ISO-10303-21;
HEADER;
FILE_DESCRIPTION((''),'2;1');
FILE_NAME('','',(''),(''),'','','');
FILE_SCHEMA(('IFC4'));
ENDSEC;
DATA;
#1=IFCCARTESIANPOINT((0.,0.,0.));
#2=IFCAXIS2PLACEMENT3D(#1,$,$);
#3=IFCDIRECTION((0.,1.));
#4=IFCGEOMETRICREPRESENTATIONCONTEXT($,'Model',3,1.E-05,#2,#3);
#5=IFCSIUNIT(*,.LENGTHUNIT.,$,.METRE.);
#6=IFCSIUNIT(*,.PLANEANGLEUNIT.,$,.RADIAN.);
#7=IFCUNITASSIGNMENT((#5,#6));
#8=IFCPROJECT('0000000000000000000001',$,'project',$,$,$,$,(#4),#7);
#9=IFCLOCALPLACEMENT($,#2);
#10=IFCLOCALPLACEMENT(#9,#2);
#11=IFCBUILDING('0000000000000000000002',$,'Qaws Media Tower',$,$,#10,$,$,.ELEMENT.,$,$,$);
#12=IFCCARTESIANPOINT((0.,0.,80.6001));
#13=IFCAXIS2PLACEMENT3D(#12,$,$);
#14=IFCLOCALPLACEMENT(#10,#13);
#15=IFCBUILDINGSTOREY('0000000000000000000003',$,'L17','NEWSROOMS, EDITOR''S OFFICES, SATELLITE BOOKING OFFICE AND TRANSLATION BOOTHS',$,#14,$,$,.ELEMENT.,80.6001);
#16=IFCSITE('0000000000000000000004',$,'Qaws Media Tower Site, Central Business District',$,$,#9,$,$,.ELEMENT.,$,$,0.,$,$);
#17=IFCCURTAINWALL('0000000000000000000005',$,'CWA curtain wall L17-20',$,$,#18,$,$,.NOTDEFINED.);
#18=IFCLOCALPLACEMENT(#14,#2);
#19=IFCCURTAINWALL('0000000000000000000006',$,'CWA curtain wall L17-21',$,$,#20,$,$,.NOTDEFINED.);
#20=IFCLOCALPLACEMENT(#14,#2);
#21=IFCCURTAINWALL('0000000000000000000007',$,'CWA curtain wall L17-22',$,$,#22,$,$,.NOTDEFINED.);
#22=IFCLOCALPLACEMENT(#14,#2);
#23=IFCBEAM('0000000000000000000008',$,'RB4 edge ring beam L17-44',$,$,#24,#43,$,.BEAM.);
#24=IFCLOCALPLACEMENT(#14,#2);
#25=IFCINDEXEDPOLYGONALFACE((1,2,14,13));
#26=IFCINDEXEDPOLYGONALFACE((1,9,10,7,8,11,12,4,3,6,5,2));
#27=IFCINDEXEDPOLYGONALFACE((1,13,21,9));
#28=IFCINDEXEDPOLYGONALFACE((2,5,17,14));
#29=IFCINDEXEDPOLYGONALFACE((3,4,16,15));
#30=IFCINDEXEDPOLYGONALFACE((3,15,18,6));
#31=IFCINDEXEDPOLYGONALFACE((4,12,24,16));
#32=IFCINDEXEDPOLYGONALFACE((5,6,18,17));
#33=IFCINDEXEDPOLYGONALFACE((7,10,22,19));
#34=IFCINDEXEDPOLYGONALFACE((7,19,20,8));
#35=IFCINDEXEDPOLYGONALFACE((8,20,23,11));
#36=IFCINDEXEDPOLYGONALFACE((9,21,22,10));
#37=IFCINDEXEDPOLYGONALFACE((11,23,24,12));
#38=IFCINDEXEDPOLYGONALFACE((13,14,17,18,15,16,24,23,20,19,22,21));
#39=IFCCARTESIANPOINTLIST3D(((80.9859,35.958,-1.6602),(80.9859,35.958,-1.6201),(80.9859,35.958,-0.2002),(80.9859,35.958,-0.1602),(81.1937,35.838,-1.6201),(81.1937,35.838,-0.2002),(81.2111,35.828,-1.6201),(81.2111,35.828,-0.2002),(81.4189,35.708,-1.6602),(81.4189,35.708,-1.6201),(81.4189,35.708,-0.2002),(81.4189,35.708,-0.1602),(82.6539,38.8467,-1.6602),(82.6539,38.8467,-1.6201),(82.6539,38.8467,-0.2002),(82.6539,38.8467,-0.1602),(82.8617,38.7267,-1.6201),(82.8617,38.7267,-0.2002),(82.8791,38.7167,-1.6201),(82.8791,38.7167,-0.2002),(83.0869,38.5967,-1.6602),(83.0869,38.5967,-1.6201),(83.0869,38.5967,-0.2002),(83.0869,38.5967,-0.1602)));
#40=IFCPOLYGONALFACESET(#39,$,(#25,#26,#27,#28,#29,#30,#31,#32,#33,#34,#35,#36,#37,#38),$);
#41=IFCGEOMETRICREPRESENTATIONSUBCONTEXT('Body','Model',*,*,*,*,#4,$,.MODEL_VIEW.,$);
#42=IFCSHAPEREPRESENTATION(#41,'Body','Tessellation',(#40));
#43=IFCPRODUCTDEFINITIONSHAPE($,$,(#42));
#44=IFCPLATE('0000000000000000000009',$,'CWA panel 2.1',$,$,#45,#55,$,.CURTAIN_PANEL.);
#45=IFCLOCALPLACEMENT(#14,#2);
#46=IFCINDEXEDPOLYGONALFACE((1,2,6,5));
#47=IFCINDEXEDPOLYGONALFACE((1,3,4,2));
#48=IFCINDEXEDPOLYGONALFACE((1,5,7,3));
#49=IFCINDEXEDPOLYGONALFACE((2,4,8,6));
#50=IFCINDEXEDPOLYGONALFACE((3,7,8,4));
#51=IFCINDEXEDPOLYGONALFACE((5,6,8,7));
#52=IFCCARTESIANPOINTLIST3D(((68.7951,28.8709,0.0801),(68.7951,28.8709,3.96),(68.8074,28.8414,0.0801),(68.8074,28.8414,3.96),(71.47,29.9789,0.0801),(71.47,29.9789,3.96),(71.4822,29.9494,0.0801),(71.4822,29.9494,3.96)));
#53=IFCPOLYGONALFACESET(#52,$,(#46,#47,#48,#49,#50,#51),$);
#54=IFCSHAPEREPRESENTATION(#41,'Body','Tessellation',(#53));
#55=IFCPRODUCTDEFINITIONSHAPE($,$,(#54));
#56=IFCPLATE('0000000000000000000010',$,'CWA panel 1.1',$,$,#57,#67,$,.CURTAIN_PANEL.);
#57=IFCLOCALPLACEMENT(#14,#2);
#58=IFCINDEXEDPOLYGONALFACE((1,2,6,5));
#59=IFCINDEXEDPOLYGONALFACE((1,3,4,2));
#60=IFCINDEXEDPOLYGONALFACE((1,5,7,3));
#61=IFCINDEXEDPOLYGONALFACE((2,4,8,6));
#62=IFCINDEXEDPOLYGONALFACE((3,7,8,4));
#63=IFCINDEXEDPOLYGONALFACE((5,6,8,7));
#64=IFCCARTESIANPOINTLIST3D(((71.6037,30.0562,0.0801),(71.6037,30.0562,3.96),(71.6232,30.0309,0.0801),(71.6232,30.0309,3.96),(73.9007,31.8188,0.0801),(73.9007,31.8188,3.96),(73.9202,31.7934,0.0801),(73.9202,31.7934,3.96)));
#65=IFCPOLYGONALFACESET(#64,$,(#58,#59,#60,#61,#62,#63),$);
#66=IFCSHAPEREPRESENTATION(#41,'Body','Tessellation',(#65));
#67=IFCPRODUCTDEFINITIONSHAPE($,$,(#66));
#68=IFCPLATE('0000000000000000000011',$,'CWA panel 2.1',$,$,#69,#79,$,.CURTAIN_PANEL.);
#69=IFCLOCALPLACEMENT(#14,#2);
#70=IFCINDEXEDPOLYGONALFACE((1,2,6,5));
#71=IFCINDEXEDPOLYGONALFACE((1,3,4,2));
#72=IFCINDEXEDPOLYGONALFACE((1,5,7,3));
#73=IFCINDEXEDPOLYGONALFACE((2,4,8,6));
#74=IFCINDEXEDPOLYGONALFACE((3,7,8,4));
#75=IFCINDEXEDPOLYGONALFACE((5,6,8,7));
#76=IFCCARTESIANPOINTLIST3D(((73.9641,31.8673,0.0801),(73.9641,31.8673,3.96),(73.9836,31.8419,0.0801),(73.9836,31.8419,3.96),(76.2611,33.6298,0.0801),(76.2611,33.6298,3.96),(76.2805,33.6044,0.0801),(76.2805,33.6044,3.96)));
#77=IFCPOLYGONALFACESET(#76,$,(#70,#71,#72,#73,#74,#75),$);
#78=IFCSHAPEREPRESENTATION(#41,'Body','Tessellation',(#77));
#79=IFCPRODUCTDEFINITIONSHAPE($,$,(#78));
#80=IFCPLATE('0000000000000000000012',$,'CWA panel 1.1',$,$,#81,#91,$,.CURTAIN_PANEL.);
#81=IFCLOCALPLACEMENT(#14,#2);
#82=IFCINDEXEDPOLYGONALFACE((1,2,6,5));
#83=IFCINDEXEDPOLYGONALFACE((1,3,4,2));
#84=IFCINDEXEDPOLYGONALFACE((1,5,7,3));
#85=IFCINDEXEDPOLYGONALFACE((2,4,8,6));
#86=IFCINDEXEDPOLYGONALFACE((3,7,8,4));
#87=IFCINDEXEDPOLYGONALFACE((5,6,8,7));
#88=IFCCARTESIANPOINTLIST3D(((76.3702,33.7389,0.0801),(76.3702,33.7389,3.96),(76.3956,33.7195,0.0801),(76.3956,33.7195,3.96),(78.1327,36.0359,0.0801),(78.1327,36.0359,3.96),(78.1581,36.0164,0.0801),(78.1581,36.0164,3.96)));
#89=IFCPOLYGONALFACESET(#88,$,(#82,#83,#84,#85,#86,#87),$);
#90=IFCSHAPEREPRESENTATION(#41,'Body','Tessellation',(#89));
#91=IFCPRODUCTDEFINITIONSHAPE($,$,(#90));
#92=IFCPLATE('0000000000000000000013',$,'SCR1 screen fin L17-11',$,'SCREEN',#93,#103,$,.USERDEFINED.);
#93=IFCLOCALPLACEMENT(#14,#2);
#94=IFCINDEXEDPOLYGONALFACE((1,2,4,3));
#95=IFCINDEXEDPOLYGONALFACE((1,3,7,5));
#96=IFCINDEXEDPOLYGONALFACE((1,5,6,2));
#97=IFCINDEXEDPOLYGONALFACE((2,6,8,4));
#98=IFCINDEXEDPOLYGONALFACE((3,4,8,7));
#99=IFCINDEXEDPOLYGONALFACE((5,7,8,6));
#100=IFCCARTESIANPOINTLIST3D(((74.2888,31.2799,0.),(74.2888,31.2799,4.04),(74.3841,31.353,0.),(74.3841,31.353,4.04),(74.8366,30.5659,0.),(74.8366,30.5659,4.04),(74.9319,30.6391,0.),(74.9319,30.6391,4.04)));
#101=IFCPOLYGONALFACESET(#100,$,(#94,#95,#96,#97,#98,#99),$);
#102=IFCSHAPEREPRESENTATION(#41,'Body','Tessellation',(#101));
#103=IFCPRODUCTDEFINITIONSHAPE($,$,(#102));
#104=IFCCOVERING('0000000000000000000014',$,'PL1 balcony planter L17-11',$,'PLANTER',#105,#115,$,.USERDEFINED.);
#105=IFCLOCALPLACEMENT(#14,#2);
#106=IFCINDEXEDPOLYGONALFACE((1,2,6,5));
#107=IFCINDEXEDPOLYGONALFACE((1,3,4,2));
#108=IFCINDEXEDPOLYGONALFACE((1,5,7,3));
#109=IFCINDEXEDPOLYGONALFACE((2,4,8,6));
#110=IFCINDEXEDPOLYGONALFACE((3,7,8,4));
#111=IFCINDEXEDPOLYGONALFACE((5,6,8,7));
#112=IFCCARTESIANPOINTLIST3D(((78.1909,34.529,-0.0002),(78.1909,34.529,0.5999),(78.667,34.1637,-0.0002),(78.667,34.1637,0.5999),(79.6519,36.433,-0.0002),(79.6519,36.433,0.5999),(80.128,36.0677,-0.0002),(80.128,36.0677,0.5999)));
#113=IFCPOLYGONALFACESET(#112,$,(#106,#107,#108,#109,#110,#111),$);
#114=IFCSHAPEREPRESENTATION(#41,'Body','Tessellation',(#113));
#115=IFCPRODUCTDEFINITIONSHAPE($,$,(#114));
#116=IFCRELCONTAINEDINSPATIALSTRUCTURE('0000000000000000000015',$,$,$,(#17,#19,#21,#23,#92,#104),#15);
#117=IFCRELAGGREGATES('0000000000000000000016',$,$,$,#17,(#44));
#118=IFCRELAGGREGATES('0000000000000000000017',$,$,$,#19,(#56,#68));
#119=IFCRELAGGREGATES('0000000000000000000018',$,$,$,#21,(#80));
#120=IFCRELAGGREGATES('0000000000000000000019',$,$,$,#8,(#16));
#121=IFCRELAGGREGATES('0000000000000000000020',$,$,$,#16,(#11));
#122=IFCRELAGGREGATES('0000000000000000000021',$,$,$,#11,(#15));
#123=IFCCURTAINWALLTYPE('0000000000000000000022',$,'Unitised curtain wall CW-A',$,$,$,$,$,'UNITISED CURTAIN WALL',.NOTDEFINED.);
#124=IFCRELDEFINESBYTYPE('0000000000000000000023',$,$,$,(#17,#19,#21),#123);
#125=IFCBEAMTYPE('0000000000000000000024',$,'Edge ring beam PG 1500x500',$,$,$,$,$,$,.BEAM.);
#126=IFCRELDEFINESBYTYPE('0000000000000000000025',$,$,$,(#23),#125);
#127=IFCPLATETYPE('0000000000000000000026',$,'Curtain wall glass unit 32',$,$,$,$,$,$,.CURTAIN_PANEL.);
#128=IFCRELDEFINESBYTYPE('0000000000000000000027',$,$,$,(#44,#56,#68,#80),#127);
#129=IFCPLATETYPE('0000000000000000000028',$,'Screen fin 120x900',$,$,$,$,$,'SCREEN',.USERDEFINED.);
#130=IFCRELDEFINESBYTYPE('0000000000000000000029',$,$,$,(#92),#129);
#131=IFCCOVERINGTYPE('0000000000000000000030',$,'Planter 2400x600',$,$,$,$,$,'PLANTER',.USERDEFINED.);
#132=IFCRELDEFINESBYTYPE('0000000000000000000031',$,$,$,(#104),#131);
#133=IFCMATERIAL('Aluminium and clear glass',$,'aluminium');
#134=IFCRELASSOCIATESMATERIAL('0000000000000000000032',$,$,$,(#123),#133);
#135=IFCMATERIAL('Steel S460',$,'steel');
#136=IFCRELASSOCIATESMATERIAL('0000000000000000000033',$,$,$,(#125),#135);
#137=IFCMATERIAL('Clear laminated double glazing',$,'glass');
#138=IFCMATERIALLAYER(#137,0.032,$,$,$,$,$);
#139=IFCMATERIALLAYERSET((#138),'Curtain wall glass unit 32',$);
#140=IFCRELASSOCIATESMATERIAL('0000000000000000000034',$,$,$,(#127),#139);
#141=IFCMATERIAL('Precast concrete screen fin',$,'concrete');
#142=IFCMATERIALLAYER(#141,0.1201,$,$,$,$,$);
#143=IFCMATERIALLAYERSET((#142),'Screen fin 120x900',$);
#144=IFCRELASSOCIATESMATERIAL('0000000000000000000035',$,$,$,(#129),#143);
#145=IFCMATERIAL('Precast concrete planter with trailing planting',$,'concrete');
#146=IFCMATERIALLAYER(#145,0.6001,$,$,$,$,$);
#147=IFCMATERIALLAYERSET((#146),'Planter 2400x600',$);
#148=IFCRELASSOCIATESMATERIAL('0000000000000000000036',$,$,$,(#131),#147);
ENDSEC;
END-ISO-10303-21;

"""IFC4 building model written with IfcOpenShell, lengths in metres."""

from ifc_helpers import new_model, si_unit, direction, frame, origin, origin_2d, place, context, subcontext, project, spatial, rectangle, i_section, extrude, material, layer, layer_set, material_profile, profile_set, type_object, element, aggregate, save


model = new_model("IFC4")

# Units and contexts
model_context = context("Model", 3, precision=1e-05, world=origin(), true_north=direction((0.0, 1.0)))
body_context = subcontext(model_context, "Body", "Model", "MODEL_VIEW")
ifc_project = project(units=[si_unit("LENGTHUNIT", "METRE"), si_unit("PLANEANGLEUNIT", "RADIAN")], contexts=[model_context])

# Site, building, storey
site_placement = place(None, origin())
site = spatial("IfcSite", under=ifc_project, at=site_placement, Name="Qaws Media Tower Site, Central Business District", CompositionType="ELEMENT", RefElevation=0.0)
building_placement = place(site_placement, origin())
building = spatial("IfcBuilding", under=site, at=building_placement, Name="Qaws Media Tower", CompositionType="ELEMENT")
storey_placement = place(building_placement, frame((0.0, 0.0, 80.6001)))
storey = spatial("IfcBuildingStorey", under=building, at=storey_placement, Name="L17", Description="NEWSROOMS, EDITOR'S OFFICES, SATELLITE BOOKING OFFICE AND TRANSLATION BOOTHS", CompositionType="ELEMENT", Elevation=80.6001)

# Curtain wall
ifc_material_1 = material(Name="Aluminium and clear glass", Category="aluminium")
curtain_wall_type = type_object("IfcCurtainWallType", Name="Unitised curtain wall CW-A", ElementType="UNITISED CURTAIN WALL", PredefinedType="NOTDEFINED", material=ifc_material_1)
curtain_wall_1_placement = place(storey_placement, origin())
curtain_wall_1 = element("IfcCurtainWall", 1, at=curtain_wall_1_placement, inside=storey, type_object=curtain_wall_type, Name="CWA curtain wall L17-20", PredefinedType="NOTDEFINED")

# Curtain walls
curtain_wall_2_placement = place(storey_placement, origin())
curtain_wall_2 = element("IfcCurtainWall", 2, at=curtain_wall_2_placement, inside=storey, type_object=curtain_wall_type, Name="CWA curtain wall L17-21", PredefinedType="NOTDEFINED")
curtain_wall_3_placement = place(storey_placement, origin())
curtain_wall_3 = element("IfcCurtainWall", 3, at=curtain_wall_3_placement, inside=storey, type_object=curtain_wall_type, Name="CWA curtain wall L17-22", PredefinedType="NOTDEFINED")

# Beam
ifc_material_2 = material(Name="Steel S460", Category="steel")
ifc_material_profile_1 = material_profile(ifc_material_2, i_section(OverallWidth=0.5, OverallDepth=1.5, WebThickness=0.02, FlangeThickness=0.04, at=origin_2d()), Name="PG 1500x500")
ifc_profile_set_1 = profile_set([ifc_material_profile_1], Name="Steel S460")
beam_type = type_object("IfcBeamType", Name="Edge ring beam PG 1500x500", PredefinedType="BEAM", material=ifc_profile_set_1)
beam_1_placement = place(storey_placement, frame((81.2024, 35.833, -0.9102), z_axis=(0.500043, 0.866, 0.0), x_axis=(-0.866, 0.500043, 0.0)))
element("IfcBeam", 4, at=beam_1_placement, inside=storey, type_object=beam_type, Name="RB4 edge ring beam L17-44", PredefinedType="BEAM", context=body_context, shape_type="SweptSolid", body=[
    extrude(i_section(OverallWidth=0.5, OverallDepth=1.5, WebThickness=0.02, FlangeThickness=0.04, at=origin_2d()), origin(), (0.0, 0.0, 1.0), 3.3357),
])

# Plates
ifc_material_3 = material(Name="Clear laminated double glazing", Category="glass")
ifc_layer_1 = layer(ifc_material_3, 0.032)
ifc_layer_set_1 = layer_set([ifc_layer_1], Name="Curtain wall glass unit 32")
plate_type_1 = type_object("IfcPlateType", Name="Curtain wall glass unit 32", PredefinedType="CURTAIN_PANEL", material=ifc_layer_set_1)
plate_1_placement = place(storey_placement, frame((70.1387, 29.4102, 0.0801), z_axis=(0.0, 0.0, 1.0), x_axis=(0.92388, 0.382683, 0.0)))
plate_1 = element("IfcPlate", 5, at=plate_1_placement, type_object=plate_type_1, Name="CWA panel 2.1", PredefinedType="CURTAIN_PANEL", context=body_context, shape_type="SweptSolid", body=[
    extrude(rectangle(XDim=2.8953, YDim=0.032, at=origin_2d()), origin(), (0.0, 0.0, 1.0), 3.8799),
])
aggregate(curtain_wall_1, [plate_1])
plate_2_placement = place(storey_placement, frame((72.762, 30.9248, 0.0801), z_axis=(0.0, 0.0, 1.0), x_axis=(0.793353, 0.608761, 0.0)))
plate_2 = element("IfcPlate", 6, at=plate_2_placement, type_object=plate_type_1, Name="CWA panel 1.1", PredefinedType="CURTAIN_PANEL", context=body_context, shape_type="SweptSolid", body=[
    extrude(rectangle(XDim=2.8953, YDim=0.032, at=origin_2d()), origin(), (0.0, 0.0, 1.0), 3.8799),
])
plate_3_placement = place(storey_placement, frame((75.1223, 32.7358, 0.0801), z_axis=(0.0, 0.0, 1.0), x_axis=(0.793353, 0.608761, 0.0)))
plate_3 = element("IfcPlate", 7, at=plate_3_placement, type_object=plate_type_1, Name="CWA panel 2.1", PredefinedType="CURTAIN_PANEL", context=body_context, shape_type="SweptSolid", body=[
    extrude(rectangle(XDim=2.8953, YDim=0.032, at=origin_2d()), origin(), (0.0, 0.0, 1.0), 3.8799),
])
aggregate(curtain_wall_2, [plate_2, plate_3])
plate_4_placement = place(storey_placement, frame((77.2642, 34.8777, 0.0801), z_axis=(0.0, 0.0, 1.0), x_axis=(0.608761, 0.793353, 0.0)))
plate_4 = element("IfcPlate", 8, at=plate_4_placement, type_object=plate_type_1, Name="CWA panel 1.1", PredefinedType="CURTAIN_PANEL", context=body_context, shape_type="SweptSolid", body=[
    extrude(rectangle(XDim=2.8953, YDim=0.032, at=origin_2d()), origin(), (0.0, 0.0, 1.0), 3.8799),
])
aggregate(curtain_wall_3, [plate_4])
ifc_material_4 = material(Name="Precast concrete screen fin", Category="concrete")
ifc_layer_2 = layer(ifc_material_4, 0.1201)
ifc_layer_set_2 = layer_set([ifc_layer_2], Name="Screen fin 120x900")
plate_type_2 = type_object("IfcPlateType", Name="Screen fin 120x900", ElementType="SCREEN", PredefinedType="USERDEFINED", material=ifc_layer_set_2)
plate_5_placement = place(storey_placement, frame((74.6104, 30.9595, 0.0), z_axis=(0.0, 0.0, 1.0), x_axis=(0.608761, -0.793353, 0.0)))
element("IfcPlate", 9, at=plate_5_placement, inside=storey, type_object=plate_type_2, Name="SCR1 screen fin L17-11", ObjectType="SCREEN", PredefinedType="USERDEFINED", context=body_context, shape_type="SweptSolid", body=[
    extrude(rectangle(XDim=0.8999, YDim=0.1201, at=origin_2d()), origin(), (0.0, 0.0, 1.0), 4.04),
])

# Covering
ifc_material_5 = material(Name="Precast concrete planter with trailing planting", Category="concrete")
ifc_layer_3 = layer(ifc_material_5, 0.6001)
ifc_layer_set_3 = layer_set([ifc_layer_3], Name="Planter 2400x600")
covering_type = type_object("IfcCoveringType", Name="Planter 2400x600", ElementType="PLANTER", PredefinedType="USERDEFINED", material=ifc_layer_set_3)
covering_placement = place(storey_placement, frame((79.1594, 35.2983, -0.0002), z_axis=(0.0, 0.0, 1.0), x_axis=(0.608761, 0.793353, 0.0)))
element("IfcCovering", 10, at=covering_placement, inside=storey, type_object=covering_type, Name="PL1 balcony planter L17-11", ObjectType="PLANTER", PredefinedType="USERDEFINED", context=body_context, shape_type="SweptSolid", body=[
    extrude(rectangle(XDim=2.3999, YDim=0.6001, at=origin_2d()), origin(), (0.0, 0.0, 1.0), 0.6001),
])

save(model, "model.ifc")
